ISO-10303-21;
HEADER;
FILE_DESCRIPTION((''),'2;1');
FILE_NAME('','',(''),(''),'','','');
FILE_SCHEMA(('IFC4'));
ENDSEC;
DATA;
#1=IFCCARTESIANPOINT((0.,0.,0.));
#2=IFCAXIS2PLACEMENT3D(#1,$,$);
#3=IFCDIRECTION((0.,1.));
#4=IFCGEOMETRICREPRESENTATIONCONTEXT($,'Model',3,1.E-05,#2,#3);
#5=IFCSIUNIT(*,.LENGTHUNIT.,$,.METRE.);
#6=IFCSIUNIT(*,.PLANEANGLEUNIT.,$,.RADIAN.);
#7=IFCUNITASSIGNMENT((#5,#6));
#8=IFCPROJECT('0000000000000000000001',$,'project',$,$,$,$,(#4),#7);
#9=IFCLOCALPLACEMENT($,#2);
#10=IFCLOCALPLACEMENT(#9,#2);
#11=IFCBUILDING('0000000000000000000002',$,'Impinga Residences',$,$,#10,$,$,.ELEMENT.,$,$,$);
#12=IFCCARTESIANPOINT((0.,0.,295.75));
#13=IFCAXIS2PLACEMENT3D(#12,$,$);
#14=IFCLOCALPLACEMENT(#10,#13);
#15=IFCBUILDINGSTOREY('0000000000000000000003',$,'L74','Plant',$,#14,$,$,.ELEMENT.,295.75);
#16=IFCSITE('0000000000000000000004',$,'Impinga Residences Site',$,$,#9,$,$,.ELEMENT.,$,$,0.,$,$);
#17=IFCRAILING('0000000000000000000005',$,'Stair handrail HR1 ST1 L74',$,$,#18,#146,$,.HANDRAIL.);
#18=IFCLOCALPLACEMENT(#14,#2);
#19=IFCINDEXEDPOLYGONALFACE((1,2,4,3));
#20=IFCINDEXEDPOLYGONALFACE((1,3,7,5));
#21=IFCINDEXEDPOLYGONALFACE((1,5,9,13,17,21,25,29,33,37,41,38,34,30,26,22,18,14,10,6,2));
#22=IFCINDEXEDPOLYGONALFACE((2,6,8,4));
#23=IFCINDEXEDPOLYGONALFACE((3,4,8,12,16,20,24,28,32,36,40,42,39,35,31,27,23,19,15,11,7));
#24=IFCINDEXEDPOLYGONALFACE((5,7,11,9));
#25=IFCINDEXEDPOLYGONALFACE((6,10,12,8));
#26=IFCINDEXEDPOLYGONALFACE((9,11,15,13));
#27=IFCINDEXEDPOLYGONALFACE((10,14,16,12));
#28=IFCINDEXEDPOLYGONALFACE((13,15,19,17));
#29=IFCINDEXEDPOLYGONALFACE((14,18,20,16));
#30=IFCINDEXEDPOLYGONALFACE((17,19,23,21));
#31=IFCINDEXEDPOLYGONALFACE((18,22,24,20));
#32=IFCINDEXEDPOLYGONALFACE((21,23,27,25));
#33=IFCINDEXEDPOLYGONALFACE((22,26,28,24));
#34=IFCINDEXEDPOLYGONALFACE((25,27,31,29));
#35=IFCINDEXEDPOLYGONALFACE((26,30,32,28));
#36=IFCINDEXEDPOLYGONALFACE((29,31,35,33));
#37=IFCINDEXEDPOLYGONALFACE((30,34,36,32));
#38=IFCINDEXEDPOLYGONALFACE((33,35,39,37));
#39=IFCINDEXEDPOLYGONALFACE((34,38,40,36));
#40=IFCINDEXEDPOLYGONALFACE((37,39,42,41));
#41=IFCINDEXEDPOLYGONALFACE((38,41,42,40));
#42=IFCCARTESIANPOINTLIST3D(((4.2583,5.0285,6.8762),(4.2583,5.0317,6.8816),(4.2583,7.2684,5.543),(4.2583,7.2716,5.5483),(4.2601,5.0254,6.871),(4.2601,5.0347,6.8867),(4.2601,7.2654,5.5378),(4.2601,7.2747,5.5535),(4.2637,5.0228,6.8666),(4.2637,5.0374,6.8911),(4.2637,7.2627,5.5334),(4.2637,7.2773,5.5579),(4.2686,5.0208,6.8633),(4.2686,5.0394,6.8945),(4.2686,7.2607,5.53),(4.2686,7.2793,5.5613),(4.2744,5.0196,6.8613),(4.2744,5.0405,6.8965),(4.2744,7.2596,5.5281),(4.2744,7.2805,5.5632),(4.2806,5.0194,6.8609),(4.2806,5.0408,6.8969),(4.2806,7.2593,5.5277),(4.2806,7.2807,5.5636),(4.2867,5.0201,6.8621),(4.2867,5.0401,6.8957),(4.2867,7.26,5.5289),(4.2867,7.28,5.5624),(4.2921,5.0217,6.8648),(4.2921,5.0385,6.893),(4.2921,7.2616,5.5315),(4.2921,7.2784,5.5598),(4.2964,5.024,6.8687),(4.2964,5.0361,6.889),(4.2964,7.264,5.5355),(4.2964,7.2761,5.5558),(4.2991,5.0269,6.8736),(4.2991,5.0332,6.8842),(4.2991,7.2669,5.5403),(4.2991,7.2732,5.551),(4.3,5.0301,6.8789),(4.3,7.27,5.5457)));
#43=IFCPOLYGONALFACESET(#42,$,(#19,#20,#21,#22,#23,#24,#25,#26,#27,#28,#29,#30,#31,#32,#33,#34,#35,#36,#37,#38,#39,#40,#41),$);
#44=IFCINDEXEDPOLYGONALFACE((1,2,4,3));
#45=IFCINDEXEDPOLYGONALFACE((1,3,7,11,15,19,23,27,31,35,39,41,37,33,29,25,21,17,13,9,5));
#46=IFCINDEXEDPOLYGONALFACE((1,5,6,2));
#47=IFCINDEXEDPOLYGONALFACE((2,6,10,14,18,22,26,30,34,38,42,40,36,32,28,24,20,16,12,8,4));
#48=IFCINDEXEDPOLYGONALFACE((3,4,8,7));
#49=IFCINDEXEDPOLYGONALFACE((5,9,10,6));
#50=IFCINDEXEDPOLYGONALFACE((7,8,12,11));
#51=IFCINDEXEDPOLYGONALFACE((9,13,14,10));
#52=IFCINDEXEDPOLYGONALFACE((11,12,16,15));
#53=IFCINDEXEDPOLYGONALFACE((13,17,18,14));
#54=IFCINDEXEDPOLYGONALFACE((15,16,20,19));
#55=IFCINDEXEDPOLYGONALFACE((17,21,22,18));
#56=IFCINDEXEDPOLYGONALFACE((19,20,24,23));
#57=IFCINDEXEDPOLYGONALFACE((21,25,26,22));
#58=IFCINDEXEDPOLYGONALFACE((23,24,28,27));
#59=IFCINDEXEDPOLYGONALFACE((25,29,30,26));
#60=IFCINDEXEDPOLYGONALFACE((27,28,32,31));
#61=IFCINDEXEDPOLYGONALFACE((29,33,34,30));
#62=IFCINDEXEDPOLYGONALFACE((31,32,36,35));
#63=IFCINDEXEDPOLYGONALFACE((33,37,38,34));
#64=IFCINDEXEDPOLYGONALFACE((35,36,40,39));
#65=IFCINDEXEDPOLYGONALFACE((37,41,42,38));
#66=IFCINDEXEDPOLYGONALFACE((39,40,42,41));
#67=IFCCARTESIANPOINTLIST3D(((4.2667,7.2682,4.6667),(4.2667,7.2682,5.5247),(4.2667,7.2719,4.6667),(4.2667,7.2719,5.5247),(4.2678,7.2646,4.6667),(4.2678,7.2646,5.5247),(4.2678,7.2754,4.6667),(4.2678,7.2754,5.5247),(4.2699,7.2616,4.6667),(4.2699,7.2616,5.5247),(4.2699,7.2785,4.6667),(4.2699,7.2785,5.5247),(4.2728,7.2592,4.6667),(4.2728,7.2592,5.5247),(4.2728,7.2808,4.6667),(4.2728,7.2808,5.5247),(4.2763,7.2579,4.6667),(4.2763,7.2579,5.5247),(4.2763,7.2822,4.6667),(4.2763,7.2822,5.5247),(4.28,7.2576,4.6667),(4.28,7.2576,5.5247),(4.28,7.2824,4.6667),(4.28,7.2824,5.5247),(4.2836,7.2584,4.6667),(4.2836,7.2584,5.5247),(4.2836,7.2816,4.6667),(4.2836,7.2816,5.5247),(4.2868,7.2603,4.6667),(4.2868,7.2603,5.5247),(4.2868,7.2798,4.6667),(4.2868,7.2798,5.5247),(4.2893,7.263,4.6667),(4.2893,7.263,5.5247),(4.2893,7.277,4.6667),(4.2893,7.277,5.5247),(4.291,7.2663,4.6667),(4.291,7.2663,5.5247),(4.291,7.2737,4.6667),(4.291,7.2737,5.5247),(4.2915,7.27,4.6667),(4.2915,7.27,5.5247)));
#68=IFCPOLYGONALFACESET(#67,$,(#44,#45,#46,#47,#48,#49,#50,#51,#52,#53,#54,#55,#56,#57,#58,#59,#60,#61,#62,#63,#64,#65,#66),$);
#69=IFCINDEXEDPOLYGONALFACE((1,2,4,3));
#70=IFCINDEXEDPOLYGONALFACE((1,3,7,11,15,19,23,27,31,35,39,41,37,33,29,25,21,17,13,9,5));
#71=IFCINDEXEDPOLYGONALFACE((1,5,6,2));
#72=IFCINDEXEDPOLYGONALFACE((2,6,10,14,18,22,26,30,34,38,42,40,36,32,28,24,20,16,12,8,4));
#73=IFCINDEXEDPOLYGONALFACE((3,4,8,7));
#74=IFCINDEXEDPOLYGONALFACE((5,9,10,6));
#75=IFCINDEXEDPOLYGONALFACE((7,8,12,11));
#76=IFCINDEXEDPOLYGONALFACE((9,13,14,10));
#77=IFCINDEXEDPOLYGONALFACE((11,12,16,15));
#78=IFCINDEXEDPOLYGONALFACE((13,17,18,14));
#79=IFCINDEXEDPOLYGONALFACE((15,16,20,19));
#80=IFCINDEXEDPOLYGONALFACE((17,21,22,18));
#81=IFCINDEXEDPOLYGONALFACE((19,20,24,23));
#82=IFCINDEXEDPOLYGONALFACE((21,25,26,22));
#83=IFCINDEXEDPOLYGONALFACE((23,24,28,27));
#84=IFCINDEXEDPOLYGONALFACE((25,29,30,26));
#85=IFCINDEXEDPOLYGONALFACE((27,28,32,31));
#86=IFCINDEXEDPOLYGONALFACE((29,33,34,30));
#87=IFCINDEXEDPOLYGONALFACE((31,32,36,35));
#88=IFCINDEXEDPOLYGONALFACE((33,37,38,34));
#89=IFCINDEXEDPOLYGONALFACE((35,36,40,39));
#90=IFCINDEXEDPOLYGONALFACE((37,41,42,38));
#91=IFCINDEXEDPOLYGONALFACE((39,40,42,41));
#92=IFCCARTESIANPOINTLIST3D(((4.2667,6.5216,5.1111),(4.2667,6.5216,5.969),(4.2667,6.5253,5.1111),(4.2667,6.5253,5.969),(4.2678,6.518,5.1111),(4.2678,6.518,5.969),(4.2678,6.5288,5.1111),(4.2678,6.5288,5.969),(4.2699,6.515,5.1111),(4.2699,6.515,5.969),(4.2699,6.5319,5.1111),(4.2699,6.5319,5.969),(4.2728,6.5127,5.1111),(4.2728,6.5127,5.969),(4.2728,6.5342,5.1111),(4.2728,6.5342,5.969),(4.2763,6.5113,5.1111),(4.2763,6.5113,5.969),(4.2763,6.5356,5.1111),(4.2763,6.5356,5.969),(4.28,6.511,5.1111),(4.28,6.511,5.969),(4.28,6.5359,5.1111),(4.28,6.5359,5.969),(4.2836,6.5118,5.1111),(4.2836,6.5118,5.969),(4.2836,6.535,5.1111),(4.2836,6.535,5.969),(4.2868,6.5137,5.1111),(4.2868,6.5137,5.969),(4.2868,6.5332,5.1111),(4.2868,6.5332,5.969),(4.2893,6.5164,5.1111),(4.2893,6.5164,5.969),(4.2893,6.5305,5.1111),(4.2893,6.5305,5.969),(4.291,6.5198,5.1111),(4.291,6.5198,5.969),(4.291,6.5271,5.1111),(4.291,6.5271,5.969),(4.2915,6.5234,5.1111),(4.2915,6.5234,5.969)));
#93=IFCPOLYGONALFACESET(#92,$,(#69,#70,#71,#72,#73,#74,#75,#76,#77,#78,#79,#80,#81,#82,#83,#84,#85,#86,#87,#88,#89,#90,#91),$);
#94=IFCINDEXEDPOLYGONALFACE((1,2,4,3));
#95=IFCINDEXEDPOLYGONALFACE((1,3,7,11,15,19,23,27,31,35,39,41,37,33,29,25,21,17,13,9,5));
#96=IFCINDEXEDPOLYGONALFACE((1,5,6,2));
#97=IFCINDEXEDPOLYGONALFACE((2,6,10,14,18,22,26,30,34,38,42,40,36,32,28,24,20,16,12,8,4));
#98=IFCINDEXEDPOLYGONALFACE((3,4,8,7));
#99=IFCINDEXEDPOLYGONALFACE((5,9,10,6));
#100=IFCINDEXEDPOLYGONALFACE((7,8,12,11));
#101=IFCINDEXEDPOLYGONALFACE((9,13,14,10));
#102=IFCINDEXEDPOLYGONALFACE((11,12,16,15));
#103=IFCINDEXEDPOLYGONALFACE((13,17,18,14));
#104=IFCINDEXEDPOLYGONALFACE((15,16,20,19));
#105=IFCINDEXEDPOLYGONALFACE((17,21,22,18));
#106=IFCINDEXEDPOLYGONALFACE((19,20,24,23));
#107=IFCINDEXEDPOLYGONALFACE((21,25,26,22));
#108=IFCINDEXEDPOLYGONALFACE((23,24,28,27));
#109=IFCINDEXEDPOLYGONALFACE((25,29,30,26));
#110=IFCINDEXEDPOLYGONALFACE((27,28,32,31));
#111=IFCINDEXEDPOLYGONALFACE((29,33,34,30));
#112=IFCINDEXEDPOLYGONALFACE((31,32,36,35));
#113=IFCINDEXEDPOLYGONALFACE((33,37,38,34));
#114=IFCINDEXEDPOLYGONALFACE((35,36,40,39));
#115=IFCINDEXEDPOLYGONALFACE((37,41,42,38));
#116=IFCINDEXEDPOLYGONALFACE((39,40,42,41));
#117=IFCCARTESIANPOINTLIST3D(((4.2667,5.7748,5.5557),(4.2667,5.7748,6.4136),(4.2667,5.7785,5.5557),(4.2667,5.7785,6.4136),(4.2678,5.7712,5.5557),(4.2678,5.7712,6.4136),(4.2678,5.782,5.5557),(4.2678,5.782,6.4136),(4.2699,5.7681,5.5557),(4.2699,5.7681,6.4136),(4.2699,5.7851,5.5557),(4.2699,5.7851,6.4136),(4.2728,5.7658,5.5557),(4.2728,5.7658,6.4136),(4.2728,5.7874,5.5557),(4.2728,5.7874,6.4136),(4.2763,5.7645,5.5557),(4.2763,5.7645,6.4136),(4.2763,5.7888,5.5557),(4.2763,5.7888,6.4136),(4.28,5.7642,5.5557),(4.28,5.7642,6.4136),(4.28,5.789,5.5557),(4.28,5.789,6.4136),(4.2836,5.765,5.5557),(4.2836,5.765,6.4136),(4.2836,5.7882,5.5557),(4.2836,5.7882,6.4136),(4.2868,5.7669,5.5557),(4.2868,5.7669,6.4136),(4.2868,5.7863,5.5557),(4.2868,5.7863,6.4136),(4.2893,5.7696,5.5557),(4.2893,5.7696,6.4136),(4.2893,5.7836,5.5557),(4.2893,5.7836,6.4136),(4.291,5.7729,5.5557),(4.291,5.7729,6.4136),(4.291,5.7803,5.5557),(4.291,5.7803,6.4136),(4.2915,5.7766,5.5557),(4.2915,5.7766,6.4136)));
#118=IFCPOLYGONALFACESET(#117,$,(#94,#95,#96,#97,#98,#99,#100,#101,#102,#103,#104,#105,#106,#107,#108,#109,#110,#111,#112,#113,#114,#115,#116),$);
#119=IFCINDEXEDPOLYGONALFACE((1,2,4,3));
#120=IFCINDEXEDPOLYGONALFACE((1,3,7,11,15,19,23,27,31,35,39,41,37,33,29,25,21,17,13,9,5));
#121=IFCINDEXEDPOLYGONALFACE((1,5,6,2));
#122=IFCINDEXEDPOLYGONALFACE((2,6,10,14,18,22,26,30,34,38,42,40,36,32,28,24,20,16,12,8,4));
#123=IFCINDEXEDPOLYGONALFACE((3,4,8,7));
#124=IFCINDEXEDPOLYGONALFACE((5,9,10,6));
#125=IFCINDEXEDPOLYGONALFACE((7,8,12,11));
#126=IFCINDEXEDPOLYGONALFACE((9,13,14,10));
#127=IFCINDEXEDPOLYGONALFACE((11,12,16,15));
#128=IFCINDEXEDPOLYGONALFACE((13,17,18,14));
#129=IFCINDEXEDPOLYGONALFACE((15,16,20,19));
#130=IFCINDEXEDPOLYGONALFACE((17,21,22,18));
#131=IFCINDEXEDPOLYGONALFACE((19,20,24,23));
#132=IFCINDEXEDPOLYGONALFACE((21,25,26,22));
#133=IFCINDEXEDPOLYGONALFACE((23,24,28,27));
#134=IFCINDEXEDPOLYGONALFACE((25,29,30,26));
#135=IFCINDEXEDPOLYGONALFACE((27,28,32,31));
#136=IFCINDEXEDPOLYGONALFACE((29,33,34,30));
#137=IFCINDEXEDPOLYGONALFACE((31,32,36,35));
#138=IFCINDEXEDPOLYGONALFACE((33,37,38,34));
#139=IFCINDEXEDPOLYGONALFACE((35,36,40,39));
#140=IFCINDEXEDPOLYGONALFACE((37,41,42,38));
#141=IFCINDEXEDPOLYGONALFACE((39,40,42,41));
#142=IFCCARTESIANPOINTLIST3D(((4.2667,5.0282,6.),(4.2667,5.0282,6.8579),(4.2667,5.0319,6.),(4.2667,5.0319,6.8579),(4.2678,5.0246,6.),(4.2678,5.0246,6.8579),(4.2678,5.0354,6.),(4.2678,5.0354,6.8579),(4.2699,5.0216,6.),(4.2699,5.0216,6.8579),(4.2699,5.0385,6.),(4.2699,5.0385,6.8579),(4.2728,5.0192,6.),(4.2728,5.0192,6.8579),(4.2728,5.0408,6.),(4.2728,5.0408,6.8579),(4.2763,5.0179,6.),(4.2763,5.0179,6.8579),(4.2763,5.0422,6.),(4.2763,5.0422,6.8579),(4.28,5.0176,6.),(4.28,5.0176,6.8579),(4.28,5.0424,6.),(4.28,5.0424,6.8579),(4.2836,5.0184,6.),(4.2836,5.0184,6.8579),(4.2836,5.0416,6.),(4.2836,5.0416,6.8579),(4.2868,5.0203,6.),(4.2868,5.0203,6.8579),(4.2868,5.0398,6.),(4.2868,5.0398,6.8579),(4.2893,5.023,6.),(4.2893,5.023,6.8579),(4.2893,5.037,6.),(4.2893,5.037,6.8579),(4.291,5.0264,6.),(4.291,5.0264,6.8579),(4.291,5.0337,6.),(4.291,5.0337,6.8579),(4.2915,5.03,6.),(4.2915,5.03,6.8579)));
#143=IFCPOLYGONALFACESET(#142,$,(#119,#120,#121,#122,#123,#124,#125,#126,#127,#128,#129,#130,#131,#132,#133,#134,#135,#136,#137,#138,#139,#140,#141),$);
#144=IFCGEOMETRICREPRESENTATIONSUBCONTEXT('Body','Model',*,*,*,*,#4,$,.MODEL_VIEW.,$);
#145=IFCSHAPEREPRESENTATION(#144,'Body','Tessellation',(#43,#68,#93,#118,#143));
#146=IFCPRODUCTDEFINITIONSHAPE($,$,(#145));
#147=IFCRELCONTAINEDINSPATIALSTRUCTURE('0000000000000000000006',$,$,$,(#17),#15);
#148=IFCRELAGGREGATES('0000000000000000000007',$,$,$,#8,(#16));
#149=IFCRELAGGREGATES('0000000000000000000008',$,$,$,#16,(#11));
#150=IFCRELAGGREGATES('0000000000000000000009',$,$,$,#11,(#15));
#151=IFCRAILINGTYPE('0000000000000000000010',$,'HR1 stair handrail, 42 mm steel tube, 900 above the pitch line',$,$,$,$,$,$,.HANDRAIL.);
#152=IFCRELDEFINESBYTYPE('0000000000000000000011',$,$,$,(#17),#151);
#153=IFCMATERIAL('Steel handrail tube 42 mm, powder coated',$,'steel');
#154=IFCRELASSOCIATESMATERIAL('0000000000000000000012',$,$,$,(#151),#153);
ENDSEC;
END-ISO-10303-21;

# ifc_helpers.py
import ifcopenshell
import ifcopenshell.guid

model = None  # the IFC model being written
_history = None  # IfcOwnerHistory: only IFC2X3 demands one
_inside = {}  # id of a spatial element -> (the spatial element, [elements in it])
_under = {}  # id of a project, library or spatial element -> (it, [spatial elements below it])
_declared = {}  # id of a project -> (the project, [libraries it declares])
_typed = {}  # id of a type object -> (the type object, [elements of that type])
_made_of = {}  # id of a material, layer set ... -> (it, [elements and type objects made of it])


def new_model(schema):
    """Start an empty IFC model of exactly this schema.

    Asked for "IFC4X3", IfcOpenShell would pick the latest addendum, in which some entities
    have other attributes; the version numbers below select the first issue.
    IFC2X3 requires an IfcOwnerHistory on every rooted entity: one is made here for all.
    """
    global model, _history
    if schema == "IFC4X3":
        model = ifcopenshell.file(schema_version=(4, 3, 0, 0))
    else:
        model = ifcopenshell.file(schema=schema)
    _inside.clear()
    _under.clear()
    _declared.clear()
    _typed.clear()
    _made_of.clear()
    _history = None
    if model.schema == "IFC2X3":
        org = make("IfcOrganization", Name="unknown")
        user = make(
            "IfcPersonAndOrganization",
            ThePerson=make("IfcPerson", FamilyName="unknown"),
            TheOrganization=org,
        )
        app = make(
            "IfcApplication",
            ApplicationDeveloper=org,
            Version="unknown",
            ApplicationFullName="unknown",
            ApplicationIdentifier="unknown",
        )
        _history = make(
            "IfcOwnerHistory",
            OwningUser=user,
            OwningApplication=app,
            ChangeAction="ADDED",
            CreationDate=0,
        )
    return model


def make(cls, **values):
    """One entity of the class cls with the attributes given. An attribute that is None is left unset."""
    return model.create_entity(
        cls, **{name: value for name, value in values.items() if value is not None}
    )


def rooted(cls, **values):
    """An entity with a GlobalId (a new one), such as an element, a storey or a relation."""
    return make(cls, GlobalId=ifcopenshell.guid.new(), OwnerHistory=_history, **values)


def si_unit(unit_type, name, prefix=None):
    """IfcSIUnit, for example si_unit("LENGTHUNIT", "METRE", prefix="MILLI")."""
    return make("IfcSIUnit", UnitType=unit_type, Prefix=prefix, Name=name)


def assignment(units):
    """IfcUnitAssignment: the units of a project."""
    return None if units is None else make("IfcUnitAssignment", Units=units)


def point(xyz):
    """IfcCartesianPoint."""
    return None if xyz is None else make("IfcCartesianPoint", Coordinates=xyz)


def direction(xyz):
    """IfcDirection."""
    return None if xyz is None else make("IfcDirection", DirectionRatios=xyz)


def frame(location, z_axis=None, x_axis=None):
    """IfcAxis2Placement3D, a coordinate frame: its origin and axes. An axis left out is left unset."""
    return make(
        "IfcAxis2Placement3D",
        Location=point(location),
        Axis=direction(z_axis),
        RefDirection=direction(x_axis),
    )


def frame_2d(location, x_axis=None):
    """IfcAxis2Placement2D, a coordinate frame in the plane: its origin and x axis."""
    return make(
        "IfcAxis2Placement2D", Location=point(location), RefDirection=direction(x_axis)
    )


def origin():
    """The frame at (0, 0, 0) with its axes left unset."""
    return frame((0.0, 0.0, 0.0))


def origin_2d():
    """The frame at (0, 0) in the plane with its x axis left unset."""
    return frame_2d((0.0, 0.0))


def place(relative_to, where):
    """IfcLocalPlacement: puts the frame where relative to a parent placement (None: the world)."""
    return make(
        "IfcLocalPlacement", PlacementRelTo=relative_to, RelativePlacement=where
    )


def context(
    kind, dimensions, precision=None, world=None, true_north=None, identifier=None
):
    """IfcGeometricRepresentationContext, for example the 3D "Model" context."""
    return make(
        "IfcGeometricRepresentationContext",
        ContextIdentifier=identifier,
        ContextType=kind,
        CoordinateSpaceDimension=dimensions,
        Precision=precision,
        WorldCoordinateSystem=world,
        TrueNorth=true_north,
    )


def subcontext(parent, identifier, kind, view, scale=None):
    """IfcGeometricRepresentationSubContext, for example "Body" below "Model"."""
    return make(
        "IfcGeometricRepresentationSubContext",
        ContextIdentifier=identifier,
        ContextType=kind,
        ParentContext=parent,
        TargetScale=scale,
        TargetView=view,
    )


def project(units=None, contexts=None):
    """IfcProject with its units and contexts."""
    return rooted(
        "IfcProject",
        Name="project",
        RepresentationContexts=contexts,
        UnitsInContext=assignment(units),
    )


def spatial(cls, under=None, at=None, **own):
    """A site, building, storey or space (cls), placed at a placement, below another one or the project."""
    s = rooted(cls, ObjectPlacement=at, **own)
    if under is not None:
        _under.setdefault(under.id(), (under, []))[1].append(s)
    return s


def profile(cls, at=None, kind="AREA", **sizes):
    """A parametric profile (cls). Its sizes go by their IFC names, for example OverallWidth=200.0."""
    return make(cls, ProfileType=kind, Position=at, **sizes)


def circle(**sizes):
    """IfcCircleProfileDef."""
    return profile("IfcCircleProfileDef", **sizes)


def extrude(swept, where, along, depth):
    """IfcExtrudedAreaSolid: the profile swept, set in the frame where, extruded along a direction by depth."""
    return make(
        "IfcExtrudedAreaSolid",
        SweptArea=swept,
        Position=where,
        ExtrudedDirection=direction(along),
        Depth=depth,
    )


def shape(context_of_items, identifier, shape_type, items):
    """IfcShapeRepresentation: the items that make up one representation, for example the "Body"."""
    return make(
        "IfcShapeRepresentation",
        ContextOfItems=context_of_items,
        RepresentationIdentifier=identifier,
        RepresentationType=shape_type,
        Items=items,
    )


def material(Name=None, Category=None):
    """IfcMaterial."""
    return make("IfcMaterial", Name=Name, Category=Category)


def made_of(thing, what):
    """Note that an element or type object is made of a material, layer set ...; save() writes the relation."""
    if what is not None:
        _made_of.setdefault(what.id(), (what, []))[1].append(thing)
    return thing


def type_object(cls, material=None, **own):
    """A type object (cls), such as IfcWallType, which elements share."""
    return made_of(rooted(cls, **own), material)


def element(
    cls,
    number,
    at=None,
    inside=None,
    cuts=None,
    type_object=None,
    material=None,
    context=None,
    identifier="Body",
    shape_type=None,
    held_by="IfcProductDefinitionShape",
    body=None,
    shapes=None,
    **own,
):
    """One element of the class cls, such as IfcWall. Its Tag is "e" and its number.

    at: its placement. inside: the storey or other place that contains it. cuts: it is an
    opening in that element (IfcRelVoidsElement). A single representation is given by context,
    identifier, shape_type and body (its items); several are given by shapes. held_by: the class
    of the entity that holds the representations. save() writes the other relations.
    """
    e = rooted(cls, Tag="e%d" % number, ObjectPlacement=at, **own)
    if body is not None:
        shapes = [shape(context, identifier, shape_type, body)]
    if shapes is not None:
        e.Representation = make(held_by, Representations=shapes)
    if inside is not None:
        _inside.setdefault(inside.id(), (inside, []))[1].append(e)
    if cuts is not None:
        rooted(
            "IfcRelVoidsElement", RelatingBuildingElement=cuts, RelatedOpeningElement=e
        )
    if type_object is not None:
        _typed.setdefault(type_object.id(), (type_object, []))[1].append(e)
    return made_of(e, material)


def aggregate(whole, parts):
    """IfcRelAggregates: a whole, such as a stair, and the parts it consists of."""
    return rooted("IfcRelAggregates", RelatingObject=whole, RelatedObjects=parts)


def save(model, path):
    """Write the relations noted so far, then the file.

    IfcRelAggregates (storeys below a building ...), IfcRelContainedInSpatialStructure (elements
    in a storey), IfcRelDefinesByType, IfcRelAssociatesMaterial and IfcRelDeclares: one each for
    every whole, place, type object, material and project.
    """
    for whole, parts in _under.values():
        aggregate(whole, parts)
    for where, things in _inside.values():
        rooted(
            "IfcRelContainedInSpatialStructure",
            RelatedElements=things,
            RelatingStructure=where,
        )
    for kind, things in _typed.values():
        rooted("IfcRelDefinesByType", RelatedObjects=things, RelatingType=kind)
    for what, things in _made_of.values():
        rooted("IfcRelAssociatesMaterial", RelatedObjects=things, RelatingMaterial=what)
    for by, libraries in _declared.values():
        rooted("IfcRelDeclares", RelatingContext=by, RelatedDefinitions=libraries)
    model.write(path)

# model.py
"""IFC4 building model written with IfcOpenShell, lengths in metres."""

from ifc_helpers import new_model, si_unit, direction, frame, origin, origin_2d, place, context, subcontext, project, spatial, circle, extrude, material, type_object, element, save


model = new_model("IFC4")

# Units and contexts
model_context = context("Model", 3, precision=1e-05, world=origin(), true_north=direction((0.0, 1.0)))
body_context = subcontext(model_context, "Body", "Model", "MODEL_VIEW")
ifc_project = project(units=[si_unit("LENGTHUNIT", "METRE"), si_unit("PLANEANGLEUNIT", "RADIAN")], contexts=[model_context])

# Site, building, storey
site_placement = place(None, origin())
site = spatial("IfcSite", under=ifc_project, at=site_placement, Name="Impinga Residences Site", CompositionType="ELEMENT", RefElevation=0.0)
building_placement = place(site_placement, origin())
building = spatial("IfcBuilding", under=site, at=building_placement, Name="Impinga Residences", CompositionType="ELEMENT")
storey_placement = place(building_placement, frame((0.0, 0.0, 295.75)))
storey = spatial("IfcBuildingStorey", under=building, at=storey_placement, Name="L74", Description="Plant", CompositionType="ELEMENT", Elevation=295.75)

# Railing
ifc_material_1 = material(Name="Steel handrail tube 42 mm, powder coated", Category="steel")
railing_type = type_object("IfcRailingType", Name="HR1 stair handrail, 42 mm steel tube, 900 above the pitch line", PredefinedType="HANDRAIL", material=ifc_material_1)
railing_placement = place(storey_placement, frame((4.2791, 7.27, 4.6667)))
element("IfcRailing", 1, at=railing_placement, inside=storey, type_object=railing_type, Name="Stair handrail HR1 ST1 L74", PredefinedType="HANDRAIL", context=body_context, shape_type="SweptSolid", body=[
    extrude(circle(Radius=0.021, at=origin_2d()), frame((0.0, 0.0, 0.8789), z_axis=(0.0, -0.859306, 0.511462), x_axis=(1.0, 0.0, 0.0)), (0.0, 0.0, 1.0), 2.6067),
    extrude(circle(Radius=0.0125, at=origin_2d()), origin(), (0.0, 0.0, 1.0), 0.8579),
    extrude(circle(Radius=0.0125, at=origin_2d()), frame((0.0, -0.7466, 0.4443)), (0.0, 0.0, 1.0), 0.8579),
    extrude(circle(Radius=0.0125, at=origin_2d()), frame((0.0, -1.4934, 0.8889)), (0.0, 0.0, 1.0), 0.8579),
    extrude(circle(Radius=0.0125, at=origin_2d()), frame((0.0, -2.24, 1.3333)), (0.0, 0.0, 1.0), 0.8579),
])

save(model, "model.ifc")
